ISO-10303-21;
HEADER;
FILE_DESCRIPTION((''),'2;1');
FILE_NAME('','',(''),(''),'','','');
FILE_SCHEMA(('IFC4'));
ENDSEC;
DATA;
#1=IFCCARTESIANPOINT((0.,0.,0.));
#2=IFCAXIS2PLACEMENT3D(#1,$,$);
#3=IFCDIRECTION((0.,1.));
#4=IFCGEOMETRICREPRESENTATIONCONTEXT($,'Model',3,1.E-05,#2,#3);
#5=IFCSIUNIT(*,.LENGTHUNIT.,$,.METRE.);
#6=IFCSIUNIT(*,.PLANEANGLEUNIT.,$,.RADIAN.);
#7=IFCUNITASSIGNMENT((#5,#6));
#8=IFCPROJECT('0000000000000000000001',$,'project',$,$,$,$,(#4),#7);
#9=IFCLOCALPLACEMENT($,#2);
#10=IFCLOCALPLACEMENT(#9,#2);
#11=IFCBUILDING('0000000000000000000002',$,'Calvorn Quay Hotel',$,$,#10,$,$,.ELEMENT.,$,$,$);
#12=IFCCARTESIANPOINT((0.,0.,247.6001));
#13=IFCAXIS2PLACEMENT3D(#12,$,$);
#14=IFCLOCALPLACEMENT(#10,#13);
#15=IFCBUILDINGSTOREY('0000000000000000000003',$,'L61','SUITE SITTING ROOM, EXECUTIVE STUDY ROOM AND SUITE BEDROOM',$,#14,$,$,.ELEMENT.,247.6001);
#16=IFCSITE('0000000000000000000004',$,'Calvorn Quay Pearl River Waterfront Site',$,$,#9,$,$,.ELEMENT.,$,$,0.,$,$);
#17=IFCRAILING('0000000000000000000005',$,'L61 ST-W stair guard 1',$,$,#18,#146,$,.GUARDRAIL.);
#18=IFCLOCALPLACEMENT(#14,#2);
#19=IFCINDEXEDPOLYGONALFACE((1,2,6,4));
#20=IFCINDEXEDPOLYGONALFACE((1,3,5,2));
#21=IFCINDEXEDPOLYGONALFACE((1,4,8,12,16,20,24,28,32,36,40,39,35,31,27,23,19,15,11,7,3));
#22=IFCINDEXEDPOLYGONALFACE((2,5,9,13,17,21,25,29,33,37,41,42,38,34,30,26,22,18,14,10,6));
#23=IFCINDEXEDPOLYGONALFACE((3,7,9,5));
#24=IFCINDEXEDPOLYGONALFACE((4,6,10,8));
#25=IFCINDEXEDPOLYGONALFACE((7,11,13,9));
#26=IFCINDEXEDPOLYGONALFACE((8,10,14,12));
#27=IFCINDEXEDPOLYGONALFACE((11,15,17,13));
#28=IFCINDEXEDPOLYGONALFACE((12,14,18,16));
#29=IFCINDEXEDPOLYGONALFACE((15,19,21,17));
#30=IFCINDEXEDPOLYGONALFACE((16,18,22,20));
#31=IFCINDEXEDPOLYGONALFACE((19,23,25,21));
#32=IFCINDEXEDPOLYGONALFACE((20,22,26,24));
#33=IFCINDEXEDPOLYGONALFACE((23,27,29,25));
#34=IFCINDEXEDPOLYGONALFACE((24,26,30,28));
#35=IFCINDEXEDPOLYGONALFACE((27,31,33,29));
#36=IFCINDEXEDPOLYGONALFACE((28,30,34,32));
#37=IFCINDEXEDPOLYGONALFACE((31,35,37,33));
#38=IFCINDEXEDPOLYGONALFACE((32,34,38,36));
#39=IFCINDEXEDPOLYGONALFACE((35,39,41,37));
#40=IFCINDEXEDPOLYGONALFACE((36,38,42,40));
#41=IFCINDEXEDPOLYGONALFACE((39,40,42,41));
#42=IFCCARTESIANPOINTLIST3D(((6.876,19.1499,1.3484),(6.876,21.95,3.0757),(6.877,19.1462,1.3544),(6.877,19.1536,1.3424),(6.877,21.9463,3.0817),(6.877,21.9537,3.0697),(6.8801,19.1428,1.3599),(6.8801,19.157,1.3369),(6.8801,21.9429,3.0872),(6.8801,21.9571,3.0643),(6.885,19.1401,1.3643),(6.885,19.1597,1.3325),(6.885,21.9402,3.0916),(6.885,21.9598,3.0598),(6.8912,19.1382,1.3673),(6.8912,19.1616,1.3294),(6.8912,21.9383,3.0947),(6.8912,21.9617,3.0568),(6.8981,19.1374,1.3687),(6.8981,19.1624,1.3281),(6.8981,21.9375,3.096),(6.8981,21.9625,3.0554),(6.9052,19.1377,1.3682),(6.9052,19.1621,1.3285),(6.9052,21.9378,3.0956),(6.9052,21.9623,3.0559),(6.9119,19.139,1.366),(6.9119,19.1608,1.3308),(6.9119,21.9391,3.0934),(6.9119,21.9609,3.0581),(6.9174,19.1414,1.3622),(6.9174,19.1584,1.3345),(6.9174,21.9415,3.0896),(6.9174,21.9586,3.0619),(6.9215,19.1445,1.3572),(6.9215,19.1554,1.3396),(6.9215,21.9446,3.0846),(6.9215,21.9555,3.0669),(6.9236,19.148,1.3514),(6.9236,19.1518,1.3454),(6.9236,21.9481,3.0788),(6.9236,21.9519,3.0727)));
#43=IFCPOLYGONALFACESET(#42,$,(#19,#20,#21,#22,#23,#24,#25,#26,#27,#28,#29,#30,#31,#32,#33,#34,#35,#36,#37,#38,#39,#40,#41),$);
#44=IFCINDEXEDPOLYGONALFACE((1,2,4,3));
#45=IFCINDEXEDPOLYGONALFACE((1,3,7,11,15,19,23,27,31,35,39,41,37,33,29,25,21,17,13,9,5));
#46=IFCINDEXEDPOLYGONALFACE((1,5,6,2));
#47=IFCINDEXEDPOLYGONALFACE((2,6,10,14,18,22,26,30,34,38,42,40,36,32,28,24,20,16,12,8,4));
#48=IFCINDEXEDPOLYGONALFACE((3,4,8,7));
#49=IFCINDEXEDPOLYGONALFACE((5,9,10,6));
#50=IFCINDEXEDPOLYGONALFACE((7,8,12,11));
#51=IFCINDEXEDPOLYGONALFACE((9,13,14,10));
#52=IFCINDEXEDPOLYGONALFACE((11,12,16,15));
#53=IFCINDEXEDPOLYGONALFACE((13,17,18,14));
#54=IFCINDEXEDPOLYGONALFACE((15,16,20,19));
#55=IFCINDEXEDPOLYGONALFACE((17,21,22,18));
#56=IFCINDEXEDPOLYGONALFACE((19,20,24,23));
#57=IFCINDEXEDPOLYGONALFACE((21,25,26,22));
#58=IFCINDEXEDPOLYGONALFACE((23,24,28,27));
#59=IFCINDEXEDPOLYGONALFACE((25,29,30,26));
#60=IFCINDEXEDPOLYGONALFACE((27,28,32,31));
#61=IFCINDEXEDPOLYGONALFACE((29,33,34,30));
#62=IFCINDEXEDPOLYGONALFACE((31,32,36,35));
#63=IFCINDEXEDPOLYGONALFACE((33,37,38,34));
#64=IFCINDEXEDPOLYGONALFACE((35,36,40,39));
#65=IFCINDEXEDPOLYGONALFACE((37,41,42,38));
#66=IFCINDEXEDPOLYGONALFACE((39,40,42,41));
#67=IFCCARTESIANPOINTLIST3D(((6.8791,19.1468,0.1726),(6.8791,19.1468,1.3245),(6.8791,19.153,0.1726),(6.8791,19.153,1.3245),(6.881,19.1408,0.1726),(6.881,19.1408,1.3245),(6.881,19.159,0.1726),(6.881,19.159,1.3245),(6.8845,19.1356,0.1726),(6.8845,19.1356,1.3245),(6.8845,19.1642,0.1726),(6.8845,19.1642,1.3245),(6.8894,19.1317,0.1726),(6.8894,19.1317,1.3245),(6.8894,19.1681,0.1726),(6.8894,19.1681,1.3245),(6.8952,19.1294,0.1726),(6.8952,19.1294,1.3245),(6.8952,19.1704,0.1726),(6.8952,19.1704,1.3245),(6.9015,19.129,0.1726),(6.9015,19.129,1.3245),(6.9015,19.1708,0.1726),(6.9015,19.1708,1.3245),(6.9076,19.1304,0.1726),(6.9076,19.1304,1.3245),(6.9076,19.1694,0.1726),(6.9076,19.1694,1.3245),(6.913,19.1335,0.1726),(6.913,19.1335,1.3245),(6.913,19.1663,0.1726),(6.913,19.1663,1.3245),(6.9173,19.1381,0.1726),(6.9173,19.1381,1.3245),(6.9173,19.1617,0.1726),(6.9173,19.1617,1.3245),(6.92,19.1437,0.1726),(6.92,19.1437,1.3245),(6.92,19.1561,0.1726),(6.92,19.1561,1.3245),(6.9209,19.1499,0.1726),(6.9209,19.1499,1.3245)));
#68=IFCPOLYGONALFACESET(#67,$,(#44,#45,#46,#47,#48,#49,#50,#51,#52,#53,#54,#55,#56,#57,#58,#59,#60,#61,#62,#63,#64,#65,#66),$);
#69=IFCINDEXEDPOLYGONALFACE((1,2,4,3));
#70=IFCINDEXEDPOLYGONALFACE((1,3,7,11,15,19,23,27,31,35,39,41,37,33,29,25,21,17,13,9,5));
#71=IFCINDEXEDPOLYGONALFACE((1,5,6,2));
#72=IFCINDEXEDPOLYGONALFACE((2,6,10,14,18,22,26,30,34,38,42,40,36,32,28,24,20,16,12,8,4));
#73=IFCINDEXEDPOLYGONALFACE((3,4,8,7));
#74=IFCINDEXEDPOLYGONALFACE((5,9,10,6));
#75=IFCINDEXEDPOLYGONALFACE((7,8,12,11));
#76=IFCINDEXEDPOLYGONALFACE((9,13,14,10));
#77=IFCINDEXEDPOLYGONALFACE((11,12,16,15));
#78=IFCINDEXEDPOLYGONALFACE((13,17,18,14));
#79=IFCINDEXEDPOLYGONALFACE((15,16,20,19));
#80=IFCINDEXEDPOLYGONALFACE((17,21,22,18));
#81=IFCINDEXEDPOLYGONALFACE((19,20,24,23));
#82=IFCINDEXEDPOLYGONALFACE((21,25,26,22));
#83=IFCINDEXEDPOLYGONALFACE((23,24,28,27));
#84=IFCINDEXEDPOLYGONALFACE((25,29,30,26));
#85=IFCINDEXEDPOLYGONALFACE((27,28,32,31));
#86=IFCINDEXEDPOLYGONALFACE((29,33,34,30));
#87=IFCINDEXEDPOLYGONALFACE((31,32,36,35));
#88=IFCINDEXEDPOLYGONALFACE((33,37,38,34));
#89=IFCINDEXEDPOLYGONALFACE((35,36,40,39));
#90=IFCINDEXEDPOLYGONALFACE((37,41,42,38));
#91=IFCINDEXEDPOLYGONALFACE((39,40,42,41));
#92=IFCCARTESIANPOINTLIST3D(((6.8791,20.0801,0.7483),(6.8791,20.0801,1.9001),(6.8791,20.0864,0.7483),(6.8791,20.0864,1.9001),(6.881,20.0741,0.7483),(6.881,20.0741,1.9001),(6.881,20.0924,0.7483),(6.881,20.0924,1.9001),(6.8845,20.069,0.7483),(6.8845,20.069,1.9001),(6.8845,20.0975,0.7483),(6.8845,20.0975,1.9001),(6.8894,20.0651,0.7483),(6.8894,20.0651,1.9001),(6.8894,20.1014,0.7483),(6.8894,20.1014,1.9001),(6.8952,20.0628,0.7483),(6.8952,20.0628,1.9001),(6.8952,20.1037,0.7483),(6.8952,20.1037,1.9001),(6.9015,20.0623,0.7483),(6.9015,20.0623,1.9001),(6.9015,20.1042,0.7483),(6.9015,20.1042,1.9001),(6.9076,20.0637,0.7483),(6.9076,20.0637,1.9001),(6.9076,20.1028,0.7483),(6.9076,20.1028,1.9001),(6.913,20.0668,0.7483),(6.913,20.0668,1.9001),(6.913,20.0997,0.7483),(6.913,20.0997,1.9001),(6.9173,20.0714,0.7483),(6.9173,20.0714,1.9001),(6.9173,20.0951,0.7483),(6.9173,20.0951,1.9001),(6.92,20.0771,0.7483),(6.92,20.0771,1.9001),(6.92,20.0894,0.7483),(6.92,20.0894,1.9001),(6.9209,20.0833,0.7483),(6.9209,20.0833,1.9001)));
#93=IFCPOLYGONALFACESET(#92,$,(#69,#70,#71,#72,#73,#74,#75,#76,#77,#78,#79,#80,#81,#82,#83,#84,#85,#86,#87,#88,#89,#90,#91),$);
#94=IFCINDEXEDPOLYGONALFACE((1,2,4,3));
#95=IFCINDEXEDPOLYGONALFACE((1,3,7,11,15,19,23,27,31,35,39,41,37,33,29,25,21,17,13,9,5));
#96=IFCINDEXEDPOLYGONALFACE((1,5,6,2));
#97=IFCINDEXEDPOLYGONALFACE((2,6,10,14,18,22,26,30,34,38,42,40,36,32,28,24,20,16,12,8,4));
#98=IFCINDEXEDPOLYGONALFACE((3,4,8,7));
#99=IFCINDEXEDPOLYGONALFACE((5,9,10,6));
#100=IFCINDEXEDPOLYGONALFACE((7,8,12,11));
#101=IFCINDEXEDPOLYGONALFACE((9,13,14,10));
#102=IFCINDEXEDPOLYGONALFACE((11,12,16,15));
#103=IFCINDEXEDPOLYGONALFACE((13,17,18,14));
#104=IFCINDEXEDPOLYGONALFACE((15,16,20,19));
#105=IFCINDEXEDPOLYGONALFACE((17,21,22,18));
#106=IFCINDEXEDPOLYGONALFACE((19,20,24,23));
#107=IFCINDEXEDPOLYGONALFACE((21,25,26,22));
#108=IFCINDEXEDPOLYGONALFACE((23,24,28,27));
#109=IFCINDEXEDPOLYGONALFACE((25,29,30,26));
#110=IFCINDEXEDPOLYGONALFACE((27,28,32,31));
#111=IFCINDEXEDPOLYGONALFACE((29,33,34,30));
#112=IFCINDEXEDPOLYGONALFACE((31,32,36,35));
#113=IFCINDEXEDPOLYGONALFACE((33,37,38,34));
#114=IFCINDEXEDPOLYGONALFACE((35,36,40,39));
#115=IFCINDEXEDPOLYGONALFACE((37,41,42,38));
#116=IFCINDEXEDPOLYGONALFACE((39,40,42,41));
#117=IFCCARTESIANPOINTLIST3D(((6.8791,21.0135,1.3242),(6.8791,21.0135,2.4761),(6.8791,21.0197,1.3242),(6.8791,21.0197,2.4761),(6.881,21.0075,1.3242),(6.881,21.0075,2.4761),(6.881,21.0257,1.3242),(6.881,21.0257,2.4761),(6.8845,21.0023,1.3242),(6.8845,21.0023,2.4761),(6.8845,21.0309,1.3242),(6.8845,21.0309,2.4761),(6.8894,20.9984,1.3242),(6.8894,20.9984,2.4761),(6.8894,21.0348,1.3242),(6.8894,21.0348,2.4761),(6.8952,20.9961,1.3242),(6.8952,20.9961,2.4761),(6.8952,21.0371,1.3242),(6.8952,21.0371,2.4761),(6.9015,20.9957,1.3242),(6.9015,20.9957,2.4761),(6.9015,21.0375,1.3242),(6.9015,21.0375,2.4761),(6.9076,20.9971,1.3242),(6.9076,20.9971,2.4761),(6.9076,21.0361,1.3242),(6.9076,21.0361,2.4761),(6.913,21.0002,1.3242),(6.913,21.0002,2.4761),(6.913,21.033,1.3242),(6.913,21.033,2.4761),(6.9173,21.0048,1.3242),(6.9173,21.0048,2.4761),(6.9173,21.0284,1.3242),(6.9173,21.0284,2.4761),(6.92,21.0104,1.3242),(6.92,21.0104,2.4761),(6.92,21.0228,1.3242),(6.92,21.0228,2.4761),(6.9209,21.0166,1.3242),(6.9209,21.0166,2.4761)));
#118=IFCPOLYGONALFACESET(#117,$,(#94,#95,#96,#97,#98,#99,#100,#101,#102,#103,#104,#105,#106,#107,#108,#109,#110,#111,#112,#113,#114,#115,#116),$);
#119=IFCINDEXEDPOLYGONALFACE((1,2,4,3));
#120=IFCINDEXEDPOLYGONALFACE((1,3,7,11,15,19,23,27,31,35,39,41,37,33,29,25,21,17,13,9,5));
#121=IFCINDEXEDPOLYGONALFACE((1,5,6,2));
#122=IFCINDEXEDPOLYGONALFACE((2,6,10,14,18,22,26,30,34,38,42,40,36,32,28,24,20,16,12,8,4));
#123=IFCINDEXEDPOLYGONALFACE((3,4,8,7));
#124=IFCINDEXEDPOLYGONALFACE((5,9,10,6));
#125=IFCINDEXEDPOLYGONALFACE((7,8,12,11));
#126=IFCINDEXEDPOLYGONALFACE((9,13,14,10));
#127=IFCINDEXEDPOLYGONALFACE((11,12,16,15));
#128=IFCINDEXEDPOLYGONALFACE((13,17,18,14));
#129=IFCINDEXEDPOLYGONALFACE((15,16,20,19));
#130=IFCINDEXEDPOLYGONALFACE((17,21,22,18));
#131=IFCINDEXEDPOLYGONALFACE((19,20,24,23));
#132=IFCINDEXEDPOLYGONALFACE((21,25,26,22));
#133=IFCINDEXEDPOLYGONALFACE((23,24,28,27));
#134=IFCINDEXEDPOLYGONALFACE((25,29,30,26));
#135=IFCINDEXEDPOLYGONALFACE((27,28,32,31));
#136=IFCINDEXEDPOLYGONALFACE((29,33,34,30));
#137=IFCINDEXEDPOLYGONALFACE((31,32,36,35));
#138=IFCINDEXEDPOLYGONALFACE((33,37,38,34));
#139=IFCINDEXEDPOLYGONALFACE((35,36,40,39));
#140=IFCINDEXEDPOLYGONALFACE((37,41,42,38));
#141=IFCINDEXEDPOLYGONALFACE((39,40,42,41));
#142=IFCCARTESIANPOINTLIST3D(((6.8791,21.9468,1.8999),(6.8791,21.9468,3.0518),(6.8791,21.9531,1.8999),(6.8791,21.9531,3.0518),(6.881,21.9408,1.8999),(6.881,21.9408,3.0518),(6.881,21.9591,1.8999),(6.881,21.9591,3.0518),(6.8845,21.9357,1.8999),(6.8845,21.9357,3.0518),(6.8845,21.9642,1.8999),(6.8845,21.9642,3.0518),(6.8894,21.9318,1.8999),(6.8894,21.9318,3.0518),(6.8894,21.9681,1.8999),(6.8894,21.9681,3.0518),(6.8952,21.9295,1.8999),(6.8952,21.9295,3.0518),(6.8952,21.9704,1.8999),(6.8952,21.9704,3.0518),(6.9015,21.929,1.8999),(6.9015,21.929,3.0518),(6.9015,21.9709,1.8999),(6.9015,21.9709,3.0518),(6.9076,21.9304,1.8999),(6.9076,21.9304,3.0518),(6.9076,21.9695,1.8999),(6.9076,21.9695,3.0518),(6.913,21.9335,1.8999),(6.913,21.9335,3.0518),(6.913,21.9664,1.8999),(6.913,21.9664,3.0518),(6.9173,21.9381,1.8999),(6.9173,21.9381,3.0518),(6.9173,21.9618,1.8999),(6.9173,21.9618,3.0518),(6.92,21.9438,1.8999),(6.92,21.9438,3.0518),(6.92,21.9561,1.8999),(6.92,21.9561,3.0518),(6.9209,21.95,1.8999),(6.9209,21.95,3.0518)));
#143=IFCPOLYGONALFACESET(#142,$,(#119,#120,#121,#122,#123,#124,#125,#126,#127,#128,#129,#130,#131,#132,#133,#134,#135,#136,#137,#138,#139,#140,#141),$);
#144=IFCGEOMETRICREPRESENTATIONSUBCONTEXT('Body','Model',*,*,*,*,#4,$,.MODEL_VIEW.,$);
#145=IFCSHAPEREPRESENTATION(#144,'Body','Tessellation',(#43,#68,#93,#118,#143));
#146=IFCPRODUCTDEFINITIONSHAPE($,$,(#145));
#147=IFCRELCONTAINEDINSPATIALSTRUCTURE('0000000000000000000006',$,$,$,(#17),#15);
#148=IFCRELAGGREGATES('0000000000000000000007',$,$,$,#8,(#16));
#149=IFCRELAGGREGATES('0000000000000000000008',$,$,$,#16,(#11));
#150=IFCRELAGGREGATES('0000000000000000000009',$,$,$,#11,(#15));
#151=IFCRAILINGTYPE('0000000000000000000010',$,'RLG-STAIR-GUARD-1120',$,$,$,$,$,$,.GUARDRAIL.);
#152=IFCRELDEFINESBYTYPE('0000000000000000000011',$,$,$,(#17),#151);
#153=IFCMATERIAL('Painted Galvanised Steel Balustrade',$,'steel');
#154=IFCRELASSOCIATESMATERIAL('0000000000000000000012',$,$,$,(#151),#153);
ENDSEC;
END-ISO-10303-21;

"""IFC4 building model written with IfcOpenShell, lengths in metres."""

from ifc_helpers import new_model, si_unit, direction, frame, origin, origin_2d, place, context, subcontext, project, spatial, circle, extrude, material, type_object, element, save


model = new_model("IFC4")

# Units and contexts
model_context = context("Model", 3, precision=1e-05, world=origin(), true_north=direction((0.0, 1.0)))
body_context = subcontext(model_context, "Body", "Model", "MODEL_VIEW")
ifc_project = project(units=[si_unit("LENGTHUNIT", "METRE"), si_unit("PLANEANGLEUNIT", "RADIAN")], contexts=[model_context])

# Site, building, storey
site_placement = place(None, origin())
site = spatial("IfcSite", under=ifc_project, at=site_placement, Name="Calvorn Quay Pearl River Waterfront Site", CompositionType="ELEMENT", RefElevation=0.0)
building_placement = place(site_placement, origin())
building = spatial("IfcBuilding", under=site, at=building_placement, Name="Calvorn Quay Hotel", CompositionType="ELEMENT")
storey_placement = place(building_placement, frame((0.0, 0.0, 247.6001)))
storey = spatial("IfcBuildingStorey", under=building, at=storey_placement, Name="L61", Description="SUITE SITTING ROOM, EXECUTIVE STUDY ROOM AND SUITE BEDROOM", CompositionType="ELEMENT", Elevation=247.6001)

# Railing
ifc_material_1 = material(Name="Painted Galvanised Steel Balustrade", Category="steel")
railing_type_1 = type_object("IfcRailingType", Name="RLG-STAIR-GUARD-1120", PredefinedType="GUARDRAIL", material=ifc_material_1)
railing_1_placement = place(storey_placement, frame((6.8999, 19.1499, 0.1726)))
element("IfcRailing", 1, at=railing_1_placement, inside=storey, type_object=railing_type_1, Name="L61 ST-W stair guard 1", PredefinedType="GUARDRAIL", context=body_context, shape_type="SweptSolid", body=[
    extrude(circle(Radius=0.0239, at=origin_2d()), frame((0.0, 0.0, 1.1758), z_axis=(0.0, 0.85109, 0.52502), x_axis=(-1.0, 0.0, 0.0)), (0.0, 0.0, 1.0), 3.29),
    extrude(circle(Radius=0.021, at=origin_2d()), origin(), (0.0, 0.0, 1.0), 1.1519),
    extrude(circle(Radius=0.021, at=origin_2d()), frame((0.0, 0.9333, 0.5757)), (0.0, 0.0, 1.0), 1.1519),
    extrude(circle(Radius=0.021, at=origin_2d()), frame((0.0, 1.8667, 1.1516)), (0.0, 0.0, 1.0), 1.1519),
    extrude(circle(Radius=0.021, at=origin_2d()), frame((0.0, 2.8, 1.7273)), (0.0, 0.0, 1.0), 1.1519),
])

save(model, "model.ifc")
